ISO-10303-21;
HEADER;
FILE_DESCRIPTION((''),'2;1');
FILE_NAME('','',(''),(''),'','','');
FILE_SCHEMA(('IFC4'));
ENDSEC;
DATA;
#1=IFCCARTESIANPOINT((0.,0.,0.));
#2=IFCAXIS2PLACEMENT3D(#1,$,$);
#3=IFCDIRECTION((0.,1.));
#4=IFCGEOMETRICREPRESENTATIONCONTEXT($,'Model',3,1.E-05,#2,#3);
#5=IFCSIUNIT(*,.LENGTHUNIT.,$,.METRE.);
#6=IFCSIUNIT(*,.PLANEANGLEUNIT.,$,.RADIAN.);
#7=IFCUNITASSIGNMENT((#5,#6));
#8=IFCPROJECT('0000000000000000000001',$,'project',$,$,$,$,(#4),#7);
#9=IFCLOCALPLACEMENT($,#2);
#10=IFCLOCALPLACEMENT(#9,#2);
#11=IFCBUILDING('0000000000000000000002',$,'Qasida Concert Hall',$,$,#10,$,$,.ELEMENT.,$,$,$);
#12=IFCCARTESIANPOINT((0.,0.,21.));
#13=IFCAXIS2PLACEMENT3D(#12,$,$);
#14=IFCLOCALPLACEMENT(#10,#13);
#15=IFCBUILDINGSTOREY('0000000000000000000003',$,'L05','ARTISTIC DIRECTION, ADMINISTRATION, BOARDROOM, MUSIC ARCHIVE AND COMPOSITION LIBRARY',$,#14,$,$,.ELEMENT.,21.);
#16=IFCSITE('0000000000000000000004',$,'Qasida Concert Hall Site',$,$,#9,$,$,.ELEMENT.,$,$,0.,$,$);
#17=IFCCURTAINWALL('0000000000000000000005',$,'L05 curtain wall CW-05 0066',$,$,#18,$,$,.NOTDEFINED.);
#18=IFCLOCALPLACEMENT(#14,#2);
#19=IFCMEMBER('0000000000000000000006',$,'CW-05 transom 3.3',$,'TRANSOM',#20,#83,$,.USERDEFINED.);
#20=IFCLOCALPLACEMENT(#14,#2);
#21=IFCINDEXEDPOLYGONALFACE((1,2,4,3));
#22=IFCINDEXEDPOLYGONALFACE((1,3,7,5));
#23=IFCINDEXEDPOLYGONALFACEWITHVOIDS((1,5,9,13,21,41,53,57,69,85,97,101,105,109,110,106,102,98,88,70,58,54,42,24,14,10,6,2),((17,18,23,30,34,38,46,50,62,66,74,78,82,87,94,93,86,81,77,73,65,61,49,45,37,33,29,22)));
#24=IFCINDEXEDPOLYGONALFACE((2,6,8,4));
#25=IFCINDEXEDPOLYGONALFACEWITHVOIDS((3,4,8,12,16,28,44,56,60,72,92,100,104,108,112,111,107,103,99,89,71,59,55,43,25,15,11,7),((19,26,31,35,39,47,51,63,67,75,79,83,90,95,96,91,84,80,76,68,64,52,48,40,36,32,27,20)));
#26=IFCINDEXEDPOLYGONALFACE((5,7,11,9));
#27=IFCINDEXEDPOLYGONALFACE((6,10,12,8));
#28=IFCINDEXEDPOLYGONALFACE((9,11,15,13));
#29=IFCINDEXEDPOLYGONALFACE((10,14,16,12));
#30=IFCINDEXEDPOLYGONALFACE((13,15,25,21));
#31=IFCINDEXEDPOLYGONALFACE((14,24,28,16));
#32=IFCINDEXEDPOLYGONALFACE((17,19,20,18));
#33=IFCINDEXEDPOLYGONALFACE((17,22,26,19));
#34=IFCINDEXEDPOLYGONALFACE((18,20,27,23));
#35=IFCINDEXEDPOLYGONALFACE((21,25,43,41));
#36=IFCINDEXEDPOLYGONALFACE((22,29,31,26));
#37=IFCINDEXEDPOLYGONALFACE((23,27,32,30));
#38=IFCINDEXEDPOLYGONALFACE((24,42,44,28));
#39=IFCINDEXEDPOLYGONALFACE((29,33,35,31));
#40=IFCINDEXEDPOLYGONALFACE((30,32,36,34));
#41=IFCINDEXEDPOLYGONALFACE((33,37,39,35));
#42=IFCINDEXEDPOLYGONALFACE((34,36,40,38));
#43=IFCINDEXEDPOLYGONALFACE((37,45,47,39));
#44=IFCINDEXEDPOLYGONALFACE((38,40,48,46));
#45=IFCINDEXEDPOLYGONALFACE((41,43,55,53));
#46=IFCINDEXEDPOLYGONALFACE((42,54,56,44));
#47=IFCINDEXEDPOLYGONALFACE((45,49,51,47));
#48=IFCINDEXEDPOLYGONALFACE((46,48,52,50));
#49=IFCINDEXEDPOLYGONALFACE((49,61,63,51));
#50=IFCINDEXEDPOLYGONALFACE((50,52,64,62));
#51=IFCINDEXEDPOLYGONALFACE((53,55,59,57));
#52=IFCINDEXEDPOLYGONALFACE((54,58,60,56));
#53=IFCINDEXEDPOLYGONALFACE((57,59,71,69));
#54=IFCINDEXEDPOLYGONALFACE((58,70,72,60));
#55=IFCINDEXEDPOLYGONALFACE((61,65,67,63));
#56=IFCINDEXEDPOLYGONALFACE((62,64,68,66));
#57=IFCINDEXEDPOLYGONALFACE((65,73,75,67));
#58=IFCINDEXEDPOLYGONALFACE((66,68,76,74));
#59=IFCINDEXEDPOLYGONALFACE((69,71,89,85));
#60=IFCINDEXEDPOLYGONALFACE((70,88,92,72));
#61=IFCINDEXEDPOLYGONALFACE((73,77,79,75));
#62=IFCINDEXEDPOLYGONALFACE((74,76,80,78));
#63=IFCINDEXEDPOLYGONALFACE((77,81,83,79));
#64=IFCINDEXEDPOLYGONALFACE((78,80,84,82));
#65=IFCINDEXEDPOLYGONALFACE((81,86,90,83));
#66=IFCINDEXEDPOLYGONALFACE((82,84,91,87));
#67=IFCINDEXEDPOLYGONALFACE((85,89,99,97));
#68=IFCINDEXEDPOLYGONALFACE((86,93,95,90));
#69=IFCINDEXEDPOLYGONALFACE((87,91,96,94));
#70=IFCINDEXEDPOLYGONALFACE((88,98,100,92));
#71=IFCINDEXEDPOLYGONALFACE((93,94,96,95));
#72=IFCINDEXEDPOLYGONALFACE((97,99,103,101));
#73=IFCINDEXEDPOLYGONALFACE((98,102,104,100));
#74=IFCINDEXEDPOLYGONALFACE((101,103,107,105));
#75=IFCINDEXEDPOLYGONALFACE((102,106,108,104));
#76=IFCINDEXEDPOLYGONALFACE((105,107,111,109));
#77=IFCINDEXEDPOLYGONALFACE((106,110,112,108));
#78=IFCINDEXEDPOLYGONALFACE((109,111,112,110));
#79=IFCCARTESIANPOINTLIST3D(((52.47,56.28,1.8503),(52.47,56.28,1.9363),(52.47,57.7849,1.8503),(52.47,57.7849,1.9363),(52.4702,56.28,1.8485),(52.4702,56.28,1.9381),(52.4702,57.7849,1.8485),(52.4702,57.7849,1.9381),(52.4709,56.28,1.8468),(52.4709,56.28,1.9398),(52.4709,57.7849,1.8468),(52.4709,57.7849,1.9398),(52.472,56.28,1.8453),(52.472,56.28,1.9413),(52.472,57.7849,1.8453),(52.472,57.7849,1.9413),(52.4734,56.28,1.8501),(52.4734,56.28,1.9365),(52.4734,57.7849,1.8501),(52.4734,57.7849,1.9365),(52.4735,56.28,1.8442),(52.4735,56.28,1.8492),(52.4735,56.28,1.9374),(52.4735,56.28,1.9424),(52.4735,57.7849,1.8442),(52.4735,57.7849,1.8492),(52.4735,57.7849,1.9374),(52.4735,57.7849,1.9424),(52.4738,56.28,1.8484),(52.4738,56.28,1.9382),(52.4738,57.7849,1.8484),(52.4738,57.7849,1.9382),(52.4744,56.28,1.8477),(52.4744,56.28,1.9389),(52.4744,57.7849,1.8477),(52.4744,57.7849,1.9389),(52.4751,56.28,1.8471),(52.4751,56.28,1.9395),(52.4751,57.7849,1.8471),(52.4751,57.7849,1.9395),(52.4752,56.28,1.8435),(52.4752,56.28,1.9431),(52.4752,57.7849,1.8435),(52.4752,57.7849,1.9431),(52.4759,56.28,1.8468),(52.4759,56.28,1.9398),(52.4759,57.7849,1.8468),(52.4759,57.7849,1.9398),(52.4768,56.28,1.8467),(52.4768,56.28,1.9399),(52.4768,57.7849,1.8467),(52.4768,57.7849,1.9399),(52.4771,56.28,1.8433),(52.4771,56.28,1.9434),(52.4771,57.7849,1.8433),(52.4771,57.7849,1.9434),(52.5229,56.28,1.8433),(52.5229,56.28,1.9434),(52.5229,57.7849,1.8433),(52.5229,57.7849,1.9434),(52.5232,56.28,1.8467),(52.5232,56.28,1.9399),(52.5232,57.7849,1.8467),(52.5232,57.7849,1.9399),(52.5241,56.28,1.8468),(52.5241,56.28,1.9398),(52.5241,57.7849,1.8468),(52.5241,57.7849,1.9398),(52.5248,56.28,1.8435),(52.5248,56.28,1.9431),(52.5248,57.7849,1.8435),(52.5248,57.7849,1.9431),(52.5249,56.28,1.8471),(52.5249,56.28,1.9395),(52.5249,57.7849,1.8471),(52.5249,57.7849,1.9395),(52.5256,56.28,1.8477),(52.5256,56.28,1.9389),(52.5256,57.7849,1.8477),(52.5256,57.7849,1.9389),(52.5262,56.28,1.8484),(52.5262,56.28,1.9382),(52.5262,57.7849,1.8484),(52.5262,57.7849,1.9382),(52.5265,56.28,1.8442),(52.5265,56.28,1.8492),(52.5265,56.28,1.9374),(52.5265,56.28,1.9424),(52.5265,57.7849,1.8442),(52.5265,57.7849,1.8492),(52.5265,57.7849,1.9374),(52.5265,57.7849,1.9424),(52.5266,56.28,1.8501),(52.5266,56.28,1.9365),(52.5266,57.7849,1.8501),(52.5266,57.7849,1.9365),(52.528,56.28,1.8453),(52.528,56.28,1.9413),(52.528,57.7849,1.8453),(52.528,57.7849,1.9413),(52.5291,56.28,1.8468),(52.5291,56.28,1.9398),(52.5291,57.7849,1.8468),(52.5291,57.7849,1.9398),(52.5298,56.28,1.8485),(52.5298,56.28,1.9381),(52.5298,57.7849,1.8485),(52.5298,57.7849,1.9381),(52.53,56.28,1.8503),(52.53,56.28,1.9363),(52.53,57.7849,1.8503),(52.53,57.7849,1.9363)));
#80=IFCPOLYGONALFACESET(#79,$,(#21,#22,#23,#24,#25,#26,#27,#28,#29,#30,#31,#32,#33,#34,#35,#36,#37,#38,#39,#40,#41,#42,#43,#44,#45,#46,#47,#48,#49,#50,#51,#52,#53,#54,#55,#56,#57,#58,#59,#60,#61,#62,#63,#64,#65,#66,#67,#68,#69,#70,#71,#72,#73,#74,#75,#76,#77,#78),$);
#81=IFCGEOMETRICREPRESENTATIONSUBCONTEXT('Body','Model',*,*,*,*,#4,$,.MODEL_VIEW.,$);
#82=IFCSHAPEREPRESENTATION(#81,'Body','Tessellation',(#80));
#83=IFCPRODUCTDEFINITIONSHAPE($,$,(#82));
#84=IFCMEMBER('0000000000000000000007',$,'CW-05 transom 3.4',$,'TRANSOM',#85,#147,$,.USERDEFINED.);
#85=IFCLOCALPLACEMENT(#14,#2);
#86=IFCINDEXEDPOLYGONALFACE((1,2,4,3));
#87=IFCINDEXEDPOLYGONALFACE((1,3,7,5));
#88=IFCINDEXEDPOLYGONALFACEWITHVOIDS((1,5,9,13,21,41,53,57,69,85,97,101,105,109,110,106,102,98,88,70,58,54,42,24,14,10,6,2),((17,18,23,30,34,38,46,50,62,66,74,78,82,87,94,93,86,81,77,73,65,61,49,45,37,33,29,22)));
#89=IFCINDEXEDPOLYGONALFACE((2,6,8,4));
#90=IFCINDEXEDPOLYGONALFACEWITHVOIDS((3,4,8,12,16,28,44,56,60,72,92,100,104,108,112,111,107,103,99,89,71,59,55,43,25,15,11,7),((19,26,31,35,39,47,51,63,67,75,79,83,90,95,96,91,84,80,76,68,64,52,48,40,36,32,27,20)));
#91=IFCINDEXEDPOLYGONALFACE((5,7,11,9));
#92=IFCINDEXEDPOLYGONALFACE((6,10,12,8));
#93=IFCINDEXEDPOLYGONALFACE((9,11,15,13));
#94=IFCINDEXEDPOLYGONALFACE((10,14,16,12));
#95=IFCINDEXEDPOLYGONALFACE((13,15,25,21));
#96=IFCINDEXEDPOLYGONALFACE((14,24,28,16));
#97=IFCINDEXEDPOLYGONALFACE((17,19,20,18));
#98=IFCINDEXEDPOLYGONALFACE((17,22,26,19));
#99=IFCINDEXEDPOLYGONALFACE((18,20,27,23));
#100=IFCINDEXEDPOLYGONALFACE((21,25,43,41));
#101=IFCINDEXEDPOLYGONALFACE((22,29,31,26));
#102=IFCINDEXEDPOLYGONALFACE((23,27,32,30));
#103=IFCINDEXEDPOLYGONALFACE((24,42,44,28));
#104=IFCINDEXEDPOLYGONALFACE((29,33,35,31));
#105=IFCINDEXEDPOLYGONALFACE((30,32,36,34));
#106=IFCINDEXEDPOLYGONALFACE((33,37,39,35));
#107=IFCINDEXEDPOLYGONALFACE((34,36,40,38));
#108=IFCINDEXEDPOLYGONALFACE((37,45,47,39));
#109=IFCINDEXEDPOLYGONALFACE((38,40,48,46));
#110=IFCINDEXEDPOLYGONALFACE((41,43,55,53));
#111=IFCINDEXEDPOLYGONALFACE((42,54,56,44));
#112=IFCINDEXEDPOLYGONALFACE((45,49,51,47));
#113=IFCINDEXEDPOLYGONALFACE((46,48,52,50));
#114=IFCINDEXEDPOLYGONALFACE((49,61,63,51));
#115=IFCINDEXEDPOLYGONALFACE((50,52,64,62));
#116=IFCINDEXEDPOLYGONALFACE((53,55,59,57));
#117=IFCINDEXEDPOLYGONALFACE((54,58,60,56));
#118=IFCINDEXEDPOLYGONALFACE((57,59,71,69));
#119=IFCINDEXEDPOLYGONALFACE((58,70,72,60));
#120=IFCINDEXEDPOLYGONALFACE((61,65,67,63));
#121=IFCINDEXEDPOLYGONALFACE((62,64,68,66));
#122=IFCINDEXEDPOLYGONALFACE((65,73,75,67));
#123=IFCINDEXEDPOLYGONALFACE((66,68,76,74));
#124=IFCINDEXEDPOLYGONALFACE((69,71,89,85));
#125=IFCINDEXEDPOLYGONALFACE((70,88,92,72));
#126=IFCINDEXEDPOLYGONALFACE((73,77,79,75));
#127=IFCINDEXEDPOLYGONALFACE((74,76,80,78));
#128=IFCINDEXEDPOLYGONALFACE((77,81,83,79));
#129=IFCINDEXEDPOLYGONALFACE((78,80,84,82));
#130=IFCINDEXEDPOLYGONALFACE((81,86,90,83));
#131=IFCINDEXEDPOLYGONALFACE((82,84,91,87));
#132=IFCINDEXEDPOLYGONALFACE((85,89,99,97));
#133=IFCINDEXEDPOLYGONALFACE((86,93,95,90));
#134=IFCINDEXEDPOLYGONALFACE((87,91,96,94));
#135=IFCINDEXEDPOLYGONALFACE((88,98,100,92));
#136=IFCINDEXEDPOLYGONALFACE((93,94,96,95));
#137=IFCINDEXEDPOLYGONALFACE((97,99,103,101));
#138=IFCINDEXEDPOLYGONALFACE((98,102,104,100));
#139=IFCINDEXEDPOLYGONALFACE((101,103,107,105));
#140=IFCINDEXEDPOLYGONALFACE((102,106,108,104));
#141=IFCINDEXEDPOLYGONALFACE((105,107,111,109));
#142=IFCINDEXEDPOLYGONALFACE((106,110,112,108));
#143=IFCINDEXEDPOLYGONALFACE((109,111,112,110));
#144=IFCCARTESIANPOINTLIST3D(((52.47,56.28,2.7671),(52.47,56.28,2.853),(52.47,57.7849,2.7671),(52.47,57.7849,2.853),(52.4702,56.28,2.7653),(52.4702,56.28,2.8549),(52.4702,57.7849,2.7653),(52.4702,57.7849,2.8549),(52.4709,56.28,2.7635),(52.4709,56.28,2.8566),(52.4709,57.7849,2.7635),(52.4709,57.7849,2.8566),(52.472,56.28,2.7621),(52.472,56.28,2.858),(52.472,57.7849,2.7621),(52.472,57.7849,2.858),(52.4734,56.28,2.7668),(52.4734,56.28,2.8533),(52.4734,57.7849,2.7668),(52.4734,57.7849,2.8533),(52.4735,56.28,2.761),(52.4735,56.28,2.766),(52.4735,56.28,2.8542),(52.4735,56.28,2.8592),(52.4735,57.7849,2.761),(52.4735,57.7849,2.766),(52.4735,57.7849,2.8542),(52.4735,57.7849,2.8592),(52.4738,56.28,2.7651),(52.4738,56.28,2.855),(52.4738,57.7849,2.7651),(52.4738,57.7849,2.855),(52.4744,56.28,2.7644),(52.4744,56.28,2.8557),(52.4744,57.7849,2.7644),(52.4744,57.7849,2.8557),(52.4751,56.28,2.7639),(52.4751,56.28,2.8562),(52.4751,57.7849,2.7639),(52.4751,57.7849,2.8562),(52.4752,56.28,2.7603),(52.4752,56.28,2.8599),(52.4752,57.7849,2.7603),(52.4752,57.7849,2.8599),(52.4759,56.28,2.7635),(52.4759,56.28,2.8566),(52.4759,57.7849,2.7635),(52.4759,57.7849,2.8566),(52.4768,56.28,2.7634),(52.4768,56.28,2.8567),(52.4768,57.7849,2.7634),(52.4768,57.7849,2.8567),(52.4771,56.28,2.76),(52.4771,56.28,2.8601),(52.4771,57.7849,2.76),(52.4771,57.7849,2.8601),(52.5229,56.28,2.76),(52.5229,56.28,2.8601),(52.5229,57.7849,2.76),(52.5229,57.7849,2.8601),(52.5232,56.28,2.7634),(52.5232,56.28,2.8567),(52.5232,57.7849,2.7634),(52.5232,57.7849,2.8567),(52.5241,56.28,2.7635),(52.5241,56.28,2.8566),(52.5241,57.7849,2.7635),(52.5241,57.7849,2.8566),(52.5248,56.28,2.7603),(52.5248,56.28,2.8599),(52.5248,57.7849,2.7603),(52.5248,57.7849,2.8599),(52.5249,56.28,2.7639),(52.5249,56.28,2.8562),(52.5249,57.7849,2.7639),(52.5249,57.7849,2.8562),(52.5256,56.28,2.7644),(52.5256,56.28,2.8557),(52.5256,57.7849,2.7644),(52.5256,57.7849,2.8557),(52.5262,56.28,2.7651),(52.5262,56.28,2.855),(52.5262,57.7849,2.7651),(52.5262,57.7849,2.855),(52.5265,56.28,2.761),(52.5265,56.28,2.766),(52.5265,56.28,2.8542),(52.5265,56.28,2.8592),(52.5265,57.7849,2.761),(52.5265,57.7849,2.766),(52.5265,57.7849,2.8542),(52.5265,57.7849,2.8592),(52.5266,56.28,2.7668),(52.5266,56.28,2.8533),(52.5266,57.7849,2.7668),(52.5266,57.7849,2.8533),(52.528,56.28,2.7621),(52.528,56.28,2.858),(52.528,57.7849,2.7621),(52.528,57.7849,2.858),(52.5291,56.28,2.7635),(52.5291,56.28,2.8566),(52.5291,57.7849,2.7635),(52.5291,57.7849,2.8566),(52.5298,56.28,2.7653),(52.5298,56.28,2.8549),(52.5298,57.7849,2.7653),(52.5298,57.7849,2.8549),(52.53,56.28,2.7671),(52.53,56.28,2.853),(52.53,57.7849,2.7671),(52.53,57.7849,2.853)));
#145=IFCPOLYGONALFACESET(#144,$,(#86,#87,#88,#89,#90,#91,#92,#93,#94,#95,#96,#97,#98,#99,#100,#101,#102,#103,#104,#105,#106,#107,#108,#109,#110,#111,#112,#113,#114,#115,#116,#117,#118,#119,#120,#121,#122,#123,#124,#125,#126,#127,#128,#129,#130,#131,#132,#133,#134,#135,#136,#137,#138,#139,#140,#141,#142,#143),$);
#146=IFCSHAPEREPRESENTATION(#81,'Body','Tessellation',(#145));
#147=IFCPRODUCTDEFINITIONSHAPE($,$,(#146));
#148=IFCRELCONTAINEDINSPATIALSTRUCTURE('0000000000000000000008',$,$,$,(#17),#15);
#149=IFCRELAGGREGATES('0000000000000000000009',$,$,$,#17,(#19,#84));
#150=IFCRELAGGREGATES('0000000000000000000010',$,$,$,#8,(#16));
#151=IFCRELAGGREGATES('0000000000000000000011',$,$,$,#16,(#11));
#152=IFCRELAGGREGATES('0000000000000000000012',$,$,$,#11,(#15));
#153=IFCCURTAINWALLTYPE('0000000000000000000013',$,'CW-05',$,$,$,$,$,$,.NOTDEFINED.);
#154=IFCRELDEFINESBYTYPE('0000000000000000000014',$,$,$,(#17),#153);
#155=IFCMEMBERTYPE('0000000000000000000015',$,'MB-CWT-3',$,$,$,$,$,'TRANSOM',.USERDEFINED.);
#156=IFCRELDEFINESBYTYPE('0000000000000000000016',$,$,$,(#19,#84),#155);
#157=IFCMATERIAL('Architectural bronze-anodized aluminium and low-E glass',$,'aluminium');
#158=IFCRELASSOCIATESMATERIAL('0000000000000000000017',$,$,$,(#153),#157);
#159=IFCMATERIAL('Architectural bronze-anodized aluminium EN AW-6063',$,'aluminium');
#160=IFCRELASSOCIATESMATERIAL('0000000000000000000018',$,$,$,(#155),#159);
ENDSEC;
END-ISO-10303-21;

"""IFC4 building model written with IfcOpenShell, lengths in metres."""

from ifc_helpers import new_model, si_unit, direction, frame, origin, origin_2d, place, context, subcontext, project, spatial, hollow_rectangle, extrude, material, material_profile, profile_set, type_object, element, aggregate, save


model = new_model("IFC4")

# Units and contexts
model_context = context("Model", 3, precision=1e-05, world=origin(), true_north=direction((0.0, 1.0)))
body_context = subcontext(model_context, "Body", "Model", "MODEL_VIEW")
ifc_project = project(units=[si_unit("LENGTHUNIT", "METRE"), si_unit("PLANEANGLEUNIT", "RADIAN")], contexts=[model_context])

# Site, building, storey
site_placement = place(None, origin())
site = spatial("IfcSite", under=ifc_project, at=site_placement, Name="Qasida Concert Hall Site", CompositionType="ELEMENT", RefElevation=0.0)
building_placement = place(site_placement, origin())
building = spatial("IfcBuilding", under=site, at=building_placement, Name="Qasida Concert Hall", CompositionType="ELEMENT")
storey_placement = place(building_placement, frame((0.0, 0.0, 21.0)))
storey = spatial("IfcBuildingStorey", under=building, at=storey_placement, Name="L05", Description="ARTISTIC DIRECTION, ADMINISTRATION, BOARDROOM, MUSIC ARCHIVE AND COMPOSITION LIBRARY", CompositionType="ELEMENT", Elevation=21.0)

# Curtain wall, members
ifc_material_1 = material(Name="Architectural bronze-anodized aluminium and low-E glass", Category="aluminium")
curtain_wall_type = type_object("IfcCurtainWallType", Name="CW-05", PredefinedType="NOTDEFINED", material=ifc_material_1)
curtain_wall_placement = place(storey_placement, origin())
curtain_wall = element("IfcCurtainWall", 1, at=curtain_wall_placement, inside=storey, type_object=curtain_wall_type, Name="L05 curtain wall CW-05 0066", PredefinedType="NOTDEFINED")
ifc_material_2 = material(Name="Architectural bronze-anodized aluminium EN AW-6063", Category="aluminium")
ifc_material_profile_1 = material_profile(ifc_material_2, hollow_rectangle(XDim=0.0601, YDim=0.1001, WallThickness=0.0034, InnerFilletRadius=0.0034, OuterFilletRadius=0.0071, at=origin_2d()), Name="CWT 100x60x3.5")
ifc_profile_set_1 = profile_set([ifc_material_profile_1], Name="Architectural bronze-anodized aluminium EN AW-6063")
member_type_1 = type_object("IfcMemberType", Name="MB-CWT-3", ElementType="TRANSOM", PredefinedType="USERDEFINED", material=ifc_profile_set_1)
member_1_placement = place(storey_placement, frame((52.5, 56.28, 1.8933), z_axis=(0.0, 1.0, 0.0), x_axis=(-1.0, 0.0, 0.0)))
member_1 = element("IfcMember", 2, at=member_1_placement, type_object=member_type_1, Name="CW-05 transom 3.3", ObjectType="TRANSOM", PredefinedType="USERDEFINED", context=body_context, shape_type="SweptSolid", body=[
    extrude(hollow_rectangle(XDim=0.0601, YDim=0.1001, WallThickness=0.0034, InnerFilletRadius=0.0034, OuterFilletRadius=0.0071, at=origin_2d()), origin(), (0.0, 0.0, 1.0), 1.5049),
])
member_2_placement = place(storey_placement, frame((52.5, 56.28, 2.8101), z_axis=(0.0, 1.0, 0.0), x_axis=(-1.0, 0.0, 0.0)))
member_2 = element("IfcMember", 3, at=member_2_placement, type_object=member_type_1, Name="CW-05 transom 3.4", ObjectType="TRANSOM", PredefinedType="USERDEFINED", context=body_context, shape_type="SweptSolid", body=[
    extrude(hollow_rectangle(XDim=0.0601, YDim=0.1001, WallThickness=0.0034, InnerFilletRadius=0.0034, OuterFilletRadius=0.0071, at=origin_2d()), origin(), (0.0, 0.0, 1.0), 1.5049),
])
aggregate(curtain_wall, [member_1, member_2])

save(model, "model.ifc")
